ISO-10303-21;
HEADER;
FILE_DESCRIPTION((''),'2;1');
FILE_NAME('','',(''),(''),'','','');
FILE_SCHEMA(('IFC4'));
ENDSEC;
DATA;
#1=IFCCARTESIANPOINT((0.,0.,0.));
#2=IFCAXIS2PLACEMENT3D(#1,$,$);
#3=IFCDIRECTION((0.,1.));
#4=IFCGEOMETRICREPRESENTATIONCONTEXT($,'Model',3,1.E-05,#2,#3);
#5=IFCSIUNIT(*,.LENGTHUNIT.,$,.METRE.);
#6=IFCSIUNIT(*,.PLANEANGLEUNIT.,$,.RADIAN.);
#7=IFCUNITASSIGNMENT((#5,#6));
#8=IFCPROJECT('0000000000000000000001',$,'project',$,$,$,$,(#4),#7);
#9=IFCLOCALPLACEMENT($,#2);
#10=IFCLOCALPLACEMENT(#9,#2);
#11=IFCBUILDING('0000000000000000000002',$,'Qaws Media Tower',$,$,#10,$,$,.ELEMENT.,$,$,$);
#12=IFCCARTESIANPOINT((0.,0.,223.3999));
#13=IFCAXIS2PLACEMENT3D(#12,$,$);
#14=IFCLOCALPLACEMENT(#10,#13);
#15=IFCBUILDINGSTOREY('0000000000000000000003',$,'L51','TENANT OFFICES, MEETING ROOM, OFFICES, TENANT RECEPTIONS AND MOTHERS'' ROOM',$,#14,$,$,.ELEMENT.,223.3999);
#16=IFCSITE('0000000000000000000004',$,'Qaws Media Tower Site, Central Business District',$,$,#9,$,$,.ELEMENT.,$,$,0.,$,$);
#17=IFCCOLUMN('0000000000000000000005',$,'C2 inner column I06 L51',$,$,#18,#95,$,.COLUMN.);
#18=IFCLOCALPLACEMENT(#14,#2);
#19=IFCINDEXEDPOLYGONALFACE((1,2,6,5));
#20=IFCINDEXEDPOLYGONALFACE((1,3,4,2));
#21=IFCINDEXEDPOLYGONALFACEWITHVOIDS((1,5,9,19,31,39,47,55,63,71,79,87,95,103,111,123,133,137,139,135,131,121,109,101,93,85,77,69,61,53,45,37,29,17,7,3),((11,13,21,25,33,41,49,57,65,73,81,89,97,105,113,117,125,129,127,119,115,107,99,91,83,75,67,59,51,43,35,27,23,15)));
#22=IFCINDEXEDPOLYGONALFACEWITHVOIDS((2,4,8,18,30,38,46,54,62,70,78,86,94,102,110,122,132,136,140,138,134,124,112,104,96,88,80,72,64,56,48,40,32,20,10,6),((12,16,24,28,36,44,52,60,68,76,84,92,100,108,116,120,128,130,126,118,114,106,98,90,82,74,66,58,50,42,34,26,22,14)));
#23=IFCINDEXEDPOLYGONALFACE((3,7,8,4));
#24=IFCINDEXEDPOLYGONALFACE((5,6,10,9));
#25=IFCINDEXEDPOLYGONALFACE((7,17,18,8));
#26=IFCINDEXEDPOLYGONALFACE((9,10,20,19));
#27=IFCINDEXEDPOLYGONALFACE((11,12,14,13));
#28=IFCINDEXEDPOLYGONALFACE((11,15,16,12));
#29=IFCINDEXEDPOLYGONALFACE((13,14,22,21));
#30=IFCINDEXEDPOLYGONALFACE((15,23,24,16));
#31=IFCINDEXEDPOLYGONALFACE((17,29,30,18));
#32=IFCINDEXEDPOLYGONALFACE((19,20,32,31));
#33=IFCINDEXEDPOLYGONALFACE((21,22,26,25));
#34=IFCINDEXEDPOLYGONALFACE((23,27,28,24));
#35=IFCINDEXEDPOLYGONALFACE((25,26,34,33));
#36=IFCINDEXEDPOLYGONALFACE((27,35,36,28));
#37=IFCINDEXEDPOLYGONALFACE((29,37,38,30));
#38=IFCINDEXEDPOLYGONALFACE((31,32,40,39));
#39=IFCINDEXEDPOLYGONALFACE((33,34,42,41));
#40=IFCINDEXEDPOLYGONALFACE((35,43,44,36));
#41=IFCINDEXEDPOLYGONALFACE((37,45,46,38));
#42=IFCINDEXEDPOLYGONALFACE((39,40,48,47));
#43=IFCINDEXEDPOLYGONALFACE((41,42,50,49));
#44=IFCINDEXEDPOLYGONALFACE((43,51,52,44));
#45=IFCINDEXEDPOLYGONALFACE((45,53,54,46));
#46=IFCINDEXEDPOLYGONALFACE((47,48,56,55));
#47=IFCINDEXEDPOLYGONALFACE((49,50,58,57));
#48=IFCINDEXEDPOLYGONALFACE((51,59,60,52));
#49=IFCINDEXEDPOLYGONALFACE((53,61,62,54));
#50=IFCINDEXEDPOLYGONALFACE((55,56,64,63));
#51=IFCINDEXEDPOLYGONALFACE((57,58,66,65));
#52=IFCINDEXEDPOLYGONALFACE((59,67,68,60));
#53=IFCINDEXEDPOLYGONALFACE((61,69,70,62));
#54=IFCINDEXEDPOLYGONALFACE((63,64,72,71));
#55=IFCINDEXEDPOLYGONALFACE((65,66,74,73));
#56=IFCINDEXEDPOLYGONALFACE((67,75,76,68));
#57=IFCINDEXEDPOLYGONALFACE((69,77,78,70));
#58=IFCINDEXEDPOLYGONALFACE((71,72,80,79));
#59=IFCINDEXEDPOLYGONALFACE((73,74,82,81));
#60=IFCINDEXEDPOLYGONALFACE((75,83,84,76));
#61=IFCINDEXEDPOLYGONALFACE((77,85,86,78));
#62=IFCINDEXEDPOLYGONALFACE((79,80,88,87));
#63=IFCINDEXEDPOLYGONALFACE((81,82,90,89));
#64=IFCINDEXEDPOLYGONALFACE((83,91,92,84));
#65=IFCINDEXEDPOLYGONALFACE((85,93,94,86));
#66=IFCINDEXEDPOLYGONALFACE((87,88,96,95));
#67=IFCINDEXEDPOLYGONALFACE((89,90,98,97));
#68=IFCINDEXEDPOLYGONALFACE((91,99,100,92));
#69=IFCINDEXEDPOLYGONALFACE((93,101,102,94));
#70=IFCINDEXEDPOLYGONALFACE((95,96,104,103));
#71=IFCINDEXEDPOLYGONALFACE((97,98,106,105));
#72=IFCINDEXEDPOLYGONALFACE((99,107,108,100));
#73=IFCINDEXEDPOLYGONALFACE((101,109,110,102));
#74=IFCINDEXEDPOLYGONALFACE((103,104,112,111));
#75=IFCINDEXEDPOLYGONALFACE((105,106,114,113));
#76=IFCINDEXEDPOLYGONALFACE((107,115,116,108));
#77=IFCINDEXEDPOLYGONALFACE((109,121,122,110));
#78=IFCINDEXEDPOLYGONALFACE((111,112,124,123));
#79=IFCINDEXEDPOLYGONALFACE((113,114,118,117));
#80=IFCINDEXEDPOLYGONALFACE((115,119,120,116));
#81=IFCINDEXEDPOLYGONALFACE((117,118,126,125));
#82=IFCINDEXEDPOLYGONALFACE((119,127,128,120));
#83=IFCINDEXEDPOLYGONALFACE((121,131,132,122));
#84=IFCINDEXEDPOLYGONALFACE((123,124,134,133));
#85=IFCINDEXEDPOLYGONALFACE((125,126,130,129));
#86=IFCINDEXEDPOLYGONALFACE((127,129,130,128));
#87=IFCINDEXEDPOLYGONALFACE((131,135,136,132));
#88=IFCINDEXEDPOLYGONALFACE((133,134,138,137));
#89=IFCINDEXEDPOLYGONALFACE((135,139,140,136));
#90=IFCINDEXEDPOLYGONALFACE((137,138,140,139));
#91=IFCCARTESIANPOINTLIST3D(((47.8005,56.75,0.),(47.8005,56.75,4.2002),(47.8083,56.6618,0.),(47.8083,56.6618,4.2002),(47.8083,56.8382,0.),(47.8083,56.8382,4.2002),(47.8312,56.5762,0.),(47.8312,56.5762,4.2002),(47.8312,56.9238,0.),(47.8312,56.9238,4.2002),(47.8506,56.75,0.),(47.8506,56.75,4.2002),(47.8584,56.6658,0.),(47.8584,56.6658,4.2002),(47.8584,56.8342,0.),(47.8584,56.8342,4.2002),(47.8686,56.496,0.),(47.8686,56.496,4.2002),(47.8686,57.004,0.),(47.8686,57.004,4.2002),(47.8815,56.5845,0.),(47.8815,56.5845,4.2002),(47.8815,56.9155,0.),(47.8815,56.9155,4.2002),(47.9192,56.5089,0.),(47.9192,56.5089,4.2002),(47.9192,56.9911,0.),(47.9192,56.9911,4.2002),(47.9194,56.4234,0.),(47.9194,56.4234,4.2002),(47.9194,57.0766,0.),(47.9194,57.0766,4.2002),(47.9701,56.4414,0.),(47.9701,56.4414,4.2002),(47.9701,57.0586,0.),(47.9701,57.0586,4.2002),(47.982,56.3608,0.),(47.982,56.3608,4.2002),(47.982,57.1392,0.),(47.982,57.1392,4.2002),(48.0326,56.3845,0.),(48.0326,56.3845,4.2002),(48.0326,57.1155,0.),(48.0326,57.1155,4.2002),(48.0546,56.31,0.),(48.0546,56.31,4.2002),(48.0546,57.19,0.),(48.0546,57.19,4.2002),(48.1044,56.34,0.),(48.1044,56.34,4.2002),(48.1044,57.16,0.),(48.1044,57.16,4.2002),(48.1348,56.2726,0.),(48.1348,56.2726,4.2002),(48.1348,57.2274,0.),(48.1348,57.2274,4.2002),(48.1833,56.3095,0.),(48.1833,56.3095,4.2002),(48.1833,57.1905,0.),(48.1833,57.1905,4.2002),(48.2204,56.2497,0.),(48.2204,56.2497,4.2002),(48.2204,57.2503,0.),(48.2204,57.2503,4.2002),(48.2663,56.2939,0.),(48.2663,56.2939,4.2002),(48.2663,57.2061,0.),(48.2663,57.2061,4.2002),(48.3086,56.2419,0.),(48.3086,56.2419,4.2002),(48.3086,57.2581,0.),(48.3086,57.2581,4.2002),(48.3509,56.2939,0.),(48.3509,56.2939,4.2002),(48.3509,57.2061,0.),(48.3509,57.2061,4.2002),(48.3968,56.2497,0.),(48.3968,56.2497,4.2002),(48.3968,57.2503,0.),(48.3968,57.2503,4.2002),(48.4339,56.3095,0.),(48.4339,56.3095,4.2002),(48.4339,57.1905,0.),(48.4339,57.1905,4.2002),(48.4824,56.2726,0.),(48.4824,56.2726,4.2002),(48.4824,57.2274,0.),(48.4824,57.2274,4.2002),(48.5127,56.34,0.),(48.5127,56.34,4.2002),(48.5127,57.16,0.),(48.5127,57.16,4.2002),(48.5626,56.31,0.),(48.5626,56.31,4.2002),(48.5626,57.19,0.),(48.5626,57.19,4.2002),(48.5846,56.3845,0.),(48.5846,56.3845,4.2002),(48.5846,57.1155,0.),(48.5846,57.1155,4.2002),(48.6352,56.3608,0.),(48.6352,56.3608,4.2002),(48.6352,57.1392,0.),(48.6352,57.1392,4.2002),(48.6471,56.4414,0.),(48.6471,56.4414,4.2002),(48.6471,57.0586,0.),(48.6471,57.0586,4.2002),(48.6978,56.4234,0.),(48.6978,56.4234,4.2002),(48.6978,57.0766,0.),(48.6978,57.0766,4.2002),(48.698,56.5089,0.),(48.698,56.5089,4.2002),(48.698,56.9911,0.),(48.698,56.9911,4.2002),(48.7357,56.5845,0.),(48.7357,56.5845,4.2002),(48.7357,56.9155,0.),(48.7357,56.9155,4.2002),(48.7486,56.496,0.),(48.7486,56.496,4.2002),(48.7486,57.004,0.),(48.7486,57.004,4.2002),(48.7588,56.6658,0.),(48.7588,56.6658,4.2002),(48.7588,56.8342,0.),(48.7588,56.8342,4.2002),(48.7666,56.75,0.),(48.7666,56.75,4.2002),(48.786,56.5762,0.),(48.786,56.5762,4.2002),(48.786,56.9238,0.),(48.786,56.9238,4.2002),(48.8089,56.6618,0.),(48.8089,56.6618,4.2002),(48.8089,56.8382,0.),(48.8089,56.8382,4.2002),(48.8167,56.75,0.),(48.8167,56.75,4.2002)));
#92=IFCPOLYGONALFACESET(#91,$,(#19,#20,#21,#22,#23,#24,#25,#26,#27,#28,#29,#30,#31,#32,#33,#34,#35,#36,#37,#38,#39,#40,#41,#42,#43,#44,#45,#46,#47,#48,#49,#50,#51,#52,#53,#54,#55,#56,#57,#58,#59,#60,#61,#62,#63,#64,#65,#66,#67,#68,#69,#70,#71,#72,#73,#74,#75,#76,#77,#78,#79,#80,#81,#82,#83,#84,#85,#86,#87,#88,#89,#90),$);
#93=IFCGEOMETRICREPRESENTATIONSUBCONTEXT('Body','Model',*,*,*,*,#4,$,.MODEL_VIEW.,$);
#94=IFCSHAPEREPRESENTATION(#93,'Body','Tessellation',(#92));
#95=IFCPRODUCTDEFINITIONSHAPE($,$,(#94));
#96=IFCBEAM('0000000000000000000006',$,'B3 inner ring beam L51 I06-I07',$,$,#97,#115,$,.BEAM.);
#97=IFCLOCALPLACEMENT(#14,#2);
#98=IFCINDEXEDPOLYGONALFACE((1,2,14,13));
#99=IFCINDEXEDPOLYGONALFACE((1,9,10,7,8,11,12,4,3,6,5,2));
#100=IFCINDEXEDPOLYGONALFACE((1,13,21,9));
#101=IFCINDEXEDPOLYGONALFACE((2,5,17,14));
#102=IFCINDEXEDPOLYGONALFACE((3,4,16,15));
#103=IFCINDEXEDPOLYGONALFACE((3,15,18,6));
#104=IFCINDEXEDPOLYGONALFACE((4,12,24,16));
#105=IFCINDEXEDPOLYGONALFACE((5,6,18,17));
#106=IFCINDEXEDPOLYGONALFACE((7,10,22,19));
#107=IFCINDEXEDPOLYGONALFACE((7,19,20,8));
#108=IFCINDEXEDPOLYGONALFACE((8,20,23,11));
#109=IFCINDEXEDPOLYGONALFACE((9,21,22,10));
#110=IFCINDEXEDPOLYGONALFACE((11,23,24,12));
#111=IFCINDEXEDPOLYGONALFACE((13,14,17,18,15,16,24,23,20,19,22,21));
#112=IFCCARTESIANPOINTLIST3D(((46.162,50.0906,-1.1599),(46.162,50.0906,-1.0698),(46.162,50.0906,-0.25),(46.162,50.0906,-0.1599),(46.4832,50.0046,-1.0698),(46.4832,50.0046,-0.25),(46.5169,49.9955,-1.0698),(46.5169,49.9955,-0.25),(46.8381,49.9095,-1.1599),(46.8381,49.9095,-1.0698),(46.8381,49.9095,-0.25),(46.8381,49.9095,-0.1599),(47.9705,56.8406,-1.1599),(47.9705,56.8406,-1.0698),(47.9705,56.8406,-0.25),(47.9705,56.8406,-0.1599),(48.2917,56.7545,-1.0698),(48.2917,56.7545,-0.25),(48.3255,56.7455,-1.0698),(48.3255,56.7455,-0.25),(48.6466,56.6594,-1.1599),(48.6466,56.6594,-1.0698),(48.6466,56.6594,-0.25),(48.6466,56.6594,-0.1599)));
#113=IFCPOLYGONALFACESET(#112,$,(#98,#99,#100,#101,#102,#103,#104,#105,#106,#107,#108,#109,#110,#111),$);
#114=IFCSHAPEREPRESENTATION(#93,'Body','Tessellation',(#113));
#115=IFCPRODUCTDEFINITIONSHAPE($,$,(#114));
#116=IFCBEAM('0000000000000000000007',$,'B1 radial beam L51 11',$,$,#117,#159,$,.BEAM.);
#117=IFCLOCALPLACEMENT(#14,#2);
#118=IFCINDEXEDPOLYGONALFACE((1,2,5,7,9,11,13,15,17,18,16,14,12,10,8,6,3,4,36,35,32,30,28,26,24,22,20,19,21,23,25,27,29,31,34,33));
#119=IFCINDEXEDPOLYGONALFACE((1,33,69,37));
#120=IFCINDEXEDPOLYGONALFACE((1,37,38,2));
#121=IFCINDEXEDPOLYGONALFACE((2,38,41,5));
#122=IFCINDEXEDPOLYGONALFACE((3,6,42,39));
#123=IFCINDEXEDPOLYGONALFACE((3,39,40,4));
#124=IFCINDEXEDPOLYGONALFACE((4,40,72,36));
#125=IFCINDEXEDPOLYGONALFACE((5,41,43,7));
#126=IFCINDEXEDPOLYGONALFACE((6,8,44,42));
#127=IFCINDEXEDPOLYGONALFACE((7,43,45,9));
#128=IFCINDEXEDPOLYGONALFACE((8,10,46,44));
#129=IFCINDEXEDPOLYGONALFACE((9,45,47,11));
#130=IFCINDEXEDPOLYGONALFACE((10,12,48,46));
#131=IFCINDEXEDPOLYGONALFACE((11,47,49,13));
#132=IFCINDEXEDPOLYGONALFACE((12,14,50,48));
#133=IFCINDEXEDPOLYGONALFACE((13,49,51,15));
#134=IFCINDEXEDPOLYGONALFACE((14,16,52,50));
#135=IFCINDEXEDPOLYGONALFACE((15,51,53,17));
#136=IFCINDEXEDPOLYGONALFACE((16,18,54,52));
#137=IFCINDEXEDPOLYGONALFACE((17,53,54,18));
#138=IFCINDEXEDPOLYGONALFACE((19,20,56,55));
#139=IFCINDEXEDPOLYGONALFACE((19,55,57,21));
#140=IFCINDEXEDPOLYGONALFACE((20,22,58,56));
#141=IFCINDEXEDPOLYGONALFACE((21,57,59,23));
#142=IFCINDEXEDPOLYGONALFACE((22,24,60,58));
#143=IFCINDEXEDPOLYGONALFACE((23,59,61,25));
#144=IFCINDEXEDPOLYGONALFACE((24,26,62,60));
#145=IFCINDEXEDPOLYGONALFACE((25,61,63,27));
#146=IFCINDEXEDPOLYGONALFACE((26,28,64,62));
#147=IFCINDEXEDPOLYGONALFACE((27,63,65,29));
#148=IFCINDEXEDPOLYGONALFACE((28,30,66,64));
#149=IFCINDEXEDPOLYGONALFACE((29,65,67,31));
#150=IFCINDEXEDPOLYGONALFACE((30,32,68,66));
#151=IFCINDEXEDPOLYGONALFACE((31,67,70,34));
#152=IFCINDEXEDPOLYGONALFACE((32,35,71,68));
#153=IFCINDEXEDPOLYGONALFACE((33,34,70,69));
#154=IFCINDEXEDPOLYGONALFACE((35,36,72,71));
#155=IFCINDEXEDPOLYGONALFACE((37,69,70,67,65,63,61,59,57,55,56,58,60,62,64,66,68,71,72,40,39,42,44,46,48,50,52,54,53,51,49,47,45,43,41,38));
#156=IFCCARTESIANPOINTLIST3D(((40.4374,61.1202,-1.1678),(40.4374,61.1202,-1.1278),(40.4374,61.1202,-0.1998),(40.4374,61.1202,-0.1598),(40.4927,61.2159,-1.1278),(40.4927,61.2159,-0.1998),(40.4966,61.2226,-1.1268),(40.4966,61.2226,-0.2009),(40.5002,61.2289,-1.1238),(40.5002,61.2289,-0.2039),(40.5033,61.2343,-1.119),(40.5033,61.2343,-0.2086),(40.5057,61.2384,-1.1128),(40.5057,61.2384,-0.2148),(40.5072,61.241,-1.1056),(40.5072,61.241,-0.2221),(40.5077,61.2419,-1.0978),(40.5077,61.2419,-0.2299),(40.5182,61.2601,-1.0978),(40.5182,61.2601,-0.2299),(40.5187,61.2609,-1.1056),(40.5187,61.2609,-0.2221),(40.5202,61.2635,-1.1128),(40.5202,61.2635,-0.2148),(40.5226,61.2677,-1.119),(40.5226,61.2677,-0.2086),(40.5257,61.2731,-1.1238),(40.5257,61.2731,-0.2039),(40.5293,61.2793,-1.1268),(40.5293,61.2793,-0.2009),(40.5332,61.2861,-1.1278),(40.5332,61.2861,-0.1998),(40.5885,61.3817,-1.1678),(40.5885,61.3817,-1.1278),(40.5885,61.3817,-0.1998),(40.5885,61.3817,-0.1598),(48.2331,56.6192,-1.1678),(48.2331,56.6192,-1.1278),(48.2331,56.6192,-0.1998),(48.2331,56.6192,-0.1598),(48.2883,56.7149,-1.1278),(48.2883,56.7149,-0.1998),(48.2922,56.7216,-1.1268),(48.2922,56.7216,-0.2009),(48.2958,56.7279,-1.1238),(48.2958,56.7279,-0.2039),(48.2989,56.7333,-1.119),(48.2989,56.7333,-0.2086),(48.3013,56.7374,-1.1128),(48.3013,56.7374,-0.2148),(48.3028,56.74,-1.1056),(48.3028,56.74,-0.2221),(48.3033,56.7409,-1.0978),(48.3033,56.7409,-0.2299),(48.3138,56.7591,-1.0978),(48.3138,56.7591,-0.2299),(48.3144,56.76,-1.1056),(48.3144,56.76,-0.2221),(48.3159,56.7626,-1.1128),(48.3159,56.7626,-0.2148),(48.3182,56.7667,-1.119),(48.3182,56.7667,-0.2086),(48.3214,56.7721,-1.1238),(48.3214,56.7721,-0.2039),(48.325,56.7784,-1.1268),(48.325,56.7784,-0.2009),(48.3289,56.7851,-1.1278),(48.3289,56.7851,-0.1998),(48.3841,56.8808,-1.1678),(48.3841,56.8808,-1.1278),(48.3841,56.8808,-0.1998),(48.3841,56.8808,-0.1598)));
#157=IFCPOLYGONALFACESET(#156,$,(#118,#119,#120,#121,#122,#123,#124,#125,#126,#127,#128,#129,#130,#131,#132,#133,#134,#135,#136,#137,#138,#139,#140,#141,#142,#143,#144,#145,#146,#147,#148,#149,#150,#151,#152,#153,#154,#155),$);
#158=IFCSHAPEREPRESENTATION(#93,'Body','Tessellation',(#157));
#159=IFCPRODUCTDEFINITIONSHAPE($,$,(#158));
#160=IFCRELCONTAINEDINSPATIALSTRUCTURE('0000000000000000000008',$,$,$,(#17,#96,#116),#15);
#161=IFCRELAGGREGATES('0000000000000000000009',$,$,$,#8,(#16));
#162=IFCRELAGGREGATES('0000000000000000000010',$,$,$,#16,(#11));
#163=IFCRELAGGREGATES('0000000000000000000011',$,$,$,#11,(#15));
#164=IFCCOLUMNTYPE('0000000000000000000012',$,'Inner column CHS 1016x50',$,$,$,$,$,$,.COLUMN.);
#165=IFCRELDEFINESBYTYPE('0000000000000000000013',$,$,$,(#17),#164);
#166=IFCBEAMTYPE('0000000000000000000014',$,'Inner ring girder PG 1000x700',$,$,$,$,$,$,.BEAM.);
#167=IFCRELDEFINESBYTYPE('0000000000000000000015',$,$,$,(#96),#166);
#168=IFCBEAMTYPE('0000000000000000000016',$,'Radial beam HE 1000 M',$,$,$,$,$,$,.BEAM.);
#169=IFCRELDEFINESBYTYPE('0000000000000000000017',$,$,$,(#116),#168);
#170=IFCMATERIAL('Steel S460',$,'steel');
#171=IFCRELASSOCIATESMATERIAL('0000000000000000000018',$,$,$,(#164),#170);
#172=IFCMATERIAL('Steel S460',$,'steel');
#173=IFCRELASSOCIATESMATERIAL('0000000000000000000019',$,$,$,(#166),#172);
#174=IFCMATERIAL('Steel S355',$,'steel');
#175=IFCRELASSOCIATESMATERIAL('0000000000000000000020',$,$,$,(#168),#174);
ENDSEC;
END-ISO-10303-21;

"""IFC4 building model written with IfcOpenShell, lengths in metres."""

from ifc_helpers import new_model, si_unit, direction, frame, origin, origin_2d, place, context, subcontext, project, spatial, hollow_circle, i_section, extrude, material, material_profile, profile_set, type_object, element, save


model = new_model("IFC4")

# Units and contexts
model_context = context("Model", 3, precision=1e-05, world=origin(), true_north=direction((0.0, 1.0)))
body_context = subcontext(model_context, "Body", "Model", "MODEL_VIEW")
ifc_project = project(units=[si_unit("LENGTHUNIT", "METRE"), si_unit("PLANEANGLEUNIT", "RADIAN")], contexts=[model_context])

# Site, building, storey
site_placement = place(None, origin())
site = spatial("IfcSite", under=ifc_project, at=site_placement, Name="Qaws Media Tower Site, Central Business District", CompositionType="ELEMENT", RefElevation=0.0)
building_placement = place(site_placement, origin())
building = spatial("IfcBuilding", under=site, at=building_placement, Name="Qaws Media Tower", CompositionType="ELEMENT")
storey_placement = place(building_placement, frame((0.0, 0.0, 223.3999)))
storey = spatial("IfcBuildingStorey", under=building, at=storey_placement, Name="L51", Description="TENANT OFFICES, MEETING ROOM, OFFICES, TENANT RECEPTIONS AND MOTHERS' ROOM", CompositionType="ELEMENT", Elevation=223.3999)

# Column
ifc_material_1 = material(Name="Steel S460", Category="steel")
ifc_material_profile_1 = material_profile(ifc_material_1, hollow_circle(Radius=0.5081, WallThickness=0.05, at=origin_2d()), Name="CHS 1016x50")
ifc_profile_set_1 = profile_set([ifc_material_profile_1], Name="Steel S460")
column_type = type_object("IfcColumnType", Name="Inner column CHS 1016x50", PredefinedType="COLUMN", material=ifc_profile_set_1)
column_placement = place(storey_placement, frame((48.3086, 56.75, 0.0), z_axis=(0.0, 0.0, 1.0), x_axis=(1.0, 0.0, 0.0)))
element("IfcColumn", 1, at=column_placement, inside=storey, type_object=column_type, Name="C2 inner column I06 L51", PredefinedType="COLUMN", context=body_context, shape_type="SweptSolid", body=[
    extrude(hollow_circle(Radius=0.5081, WallThickness=0.05, at=origin_2d()), origin(), (0.0, 0.0, 1.0), 4.2002),
])

# Beams
ifc_material_2 = material(Name="Steel S460", Category="steel")
ifc_material_profile_2 = material_profile(ifc_material_2, i_section(OverallWidth=0.7, OverallDepth=1.0, WebThickness=0.0349, FlangeThickness=0.0901, at=origin_2d()), Name="PG 1000x700")
ifc_profile_set_2 = profile_set([ifc_material_profile_2], Name="Steel S460")
beam_type_1 = type_object("IfcBeamType", Name="Inner ring girder PG 1000x700", PredefinedType="BEAM", material=ifc_profile_set_2)
beam_1_placement = place(storey_placement, frame((48.3086, 56.75, -0.6599), z_axis=(-0.258811, -0.965928, 0.0), x_axis=(0.965928, -0.258811, 0.0)))
element("IfcBeam", 2, at=beam_1_placement, inside=storey, type_object=beam_type_1, Name="B3 inner ring beam L51 I06-I07", PredefinedType="BEAM", context=body_context, shape_type="SweptSolid", body=[
    extrude(i_section(OverallWidth=0.7, OverallDepth=1.0, WebThickness=0.0349, FlangeThickness=0.0901, at=origin_2d()), origin(), (0.0, 0.0, 1.0), 6.988),
])
ifc_material_3 = material(Name="Steel S355", Category="steel")
ifc_material_profile_3 = material_profile(ifc_material_3, i_section(OverallWidth=0.302, OverallDepth=1.0081, WebThickness=0.021, FlangeThickness=0.04, FilletRadius=0.03, at=origin_2d()), Name="HE 1000 M")
ifc_profile_set_3 = profile_set([ifc_material_profile_3], Name="Steel S355")
beam_type_2 = type_object("IfcBeamType", Name="Radial beam HE 1000 M", PredefinedType="BEAM", material=ifc_profile_set_3)
beam_2_placement = place(storey_placement, frame((48.3086, 56.75, -0.6638), z_axis=(-0.866018, 0.500013, 0.0), x_axis=(-0.500013, -0.866018, 0.0)))
element("IfcBeam", 3, at=beam_2_placement, inside=storey, type_object=beam_type_2, Name="B1 radial beam L51 11", PredefinedType="BEAM", context=body_context, shape_type="SweptSolid", body=[
    extrude(i_section(OverallWidth=0.302, OverallDepth=1.0081, WebThickness=0.021, FlangeThickness=0.04, FilletRadius=0.03, at=origin_2d()), origin(), (0.0, 0.0, 1.0), 9.0017),
])

save(model, "model.ifc")
